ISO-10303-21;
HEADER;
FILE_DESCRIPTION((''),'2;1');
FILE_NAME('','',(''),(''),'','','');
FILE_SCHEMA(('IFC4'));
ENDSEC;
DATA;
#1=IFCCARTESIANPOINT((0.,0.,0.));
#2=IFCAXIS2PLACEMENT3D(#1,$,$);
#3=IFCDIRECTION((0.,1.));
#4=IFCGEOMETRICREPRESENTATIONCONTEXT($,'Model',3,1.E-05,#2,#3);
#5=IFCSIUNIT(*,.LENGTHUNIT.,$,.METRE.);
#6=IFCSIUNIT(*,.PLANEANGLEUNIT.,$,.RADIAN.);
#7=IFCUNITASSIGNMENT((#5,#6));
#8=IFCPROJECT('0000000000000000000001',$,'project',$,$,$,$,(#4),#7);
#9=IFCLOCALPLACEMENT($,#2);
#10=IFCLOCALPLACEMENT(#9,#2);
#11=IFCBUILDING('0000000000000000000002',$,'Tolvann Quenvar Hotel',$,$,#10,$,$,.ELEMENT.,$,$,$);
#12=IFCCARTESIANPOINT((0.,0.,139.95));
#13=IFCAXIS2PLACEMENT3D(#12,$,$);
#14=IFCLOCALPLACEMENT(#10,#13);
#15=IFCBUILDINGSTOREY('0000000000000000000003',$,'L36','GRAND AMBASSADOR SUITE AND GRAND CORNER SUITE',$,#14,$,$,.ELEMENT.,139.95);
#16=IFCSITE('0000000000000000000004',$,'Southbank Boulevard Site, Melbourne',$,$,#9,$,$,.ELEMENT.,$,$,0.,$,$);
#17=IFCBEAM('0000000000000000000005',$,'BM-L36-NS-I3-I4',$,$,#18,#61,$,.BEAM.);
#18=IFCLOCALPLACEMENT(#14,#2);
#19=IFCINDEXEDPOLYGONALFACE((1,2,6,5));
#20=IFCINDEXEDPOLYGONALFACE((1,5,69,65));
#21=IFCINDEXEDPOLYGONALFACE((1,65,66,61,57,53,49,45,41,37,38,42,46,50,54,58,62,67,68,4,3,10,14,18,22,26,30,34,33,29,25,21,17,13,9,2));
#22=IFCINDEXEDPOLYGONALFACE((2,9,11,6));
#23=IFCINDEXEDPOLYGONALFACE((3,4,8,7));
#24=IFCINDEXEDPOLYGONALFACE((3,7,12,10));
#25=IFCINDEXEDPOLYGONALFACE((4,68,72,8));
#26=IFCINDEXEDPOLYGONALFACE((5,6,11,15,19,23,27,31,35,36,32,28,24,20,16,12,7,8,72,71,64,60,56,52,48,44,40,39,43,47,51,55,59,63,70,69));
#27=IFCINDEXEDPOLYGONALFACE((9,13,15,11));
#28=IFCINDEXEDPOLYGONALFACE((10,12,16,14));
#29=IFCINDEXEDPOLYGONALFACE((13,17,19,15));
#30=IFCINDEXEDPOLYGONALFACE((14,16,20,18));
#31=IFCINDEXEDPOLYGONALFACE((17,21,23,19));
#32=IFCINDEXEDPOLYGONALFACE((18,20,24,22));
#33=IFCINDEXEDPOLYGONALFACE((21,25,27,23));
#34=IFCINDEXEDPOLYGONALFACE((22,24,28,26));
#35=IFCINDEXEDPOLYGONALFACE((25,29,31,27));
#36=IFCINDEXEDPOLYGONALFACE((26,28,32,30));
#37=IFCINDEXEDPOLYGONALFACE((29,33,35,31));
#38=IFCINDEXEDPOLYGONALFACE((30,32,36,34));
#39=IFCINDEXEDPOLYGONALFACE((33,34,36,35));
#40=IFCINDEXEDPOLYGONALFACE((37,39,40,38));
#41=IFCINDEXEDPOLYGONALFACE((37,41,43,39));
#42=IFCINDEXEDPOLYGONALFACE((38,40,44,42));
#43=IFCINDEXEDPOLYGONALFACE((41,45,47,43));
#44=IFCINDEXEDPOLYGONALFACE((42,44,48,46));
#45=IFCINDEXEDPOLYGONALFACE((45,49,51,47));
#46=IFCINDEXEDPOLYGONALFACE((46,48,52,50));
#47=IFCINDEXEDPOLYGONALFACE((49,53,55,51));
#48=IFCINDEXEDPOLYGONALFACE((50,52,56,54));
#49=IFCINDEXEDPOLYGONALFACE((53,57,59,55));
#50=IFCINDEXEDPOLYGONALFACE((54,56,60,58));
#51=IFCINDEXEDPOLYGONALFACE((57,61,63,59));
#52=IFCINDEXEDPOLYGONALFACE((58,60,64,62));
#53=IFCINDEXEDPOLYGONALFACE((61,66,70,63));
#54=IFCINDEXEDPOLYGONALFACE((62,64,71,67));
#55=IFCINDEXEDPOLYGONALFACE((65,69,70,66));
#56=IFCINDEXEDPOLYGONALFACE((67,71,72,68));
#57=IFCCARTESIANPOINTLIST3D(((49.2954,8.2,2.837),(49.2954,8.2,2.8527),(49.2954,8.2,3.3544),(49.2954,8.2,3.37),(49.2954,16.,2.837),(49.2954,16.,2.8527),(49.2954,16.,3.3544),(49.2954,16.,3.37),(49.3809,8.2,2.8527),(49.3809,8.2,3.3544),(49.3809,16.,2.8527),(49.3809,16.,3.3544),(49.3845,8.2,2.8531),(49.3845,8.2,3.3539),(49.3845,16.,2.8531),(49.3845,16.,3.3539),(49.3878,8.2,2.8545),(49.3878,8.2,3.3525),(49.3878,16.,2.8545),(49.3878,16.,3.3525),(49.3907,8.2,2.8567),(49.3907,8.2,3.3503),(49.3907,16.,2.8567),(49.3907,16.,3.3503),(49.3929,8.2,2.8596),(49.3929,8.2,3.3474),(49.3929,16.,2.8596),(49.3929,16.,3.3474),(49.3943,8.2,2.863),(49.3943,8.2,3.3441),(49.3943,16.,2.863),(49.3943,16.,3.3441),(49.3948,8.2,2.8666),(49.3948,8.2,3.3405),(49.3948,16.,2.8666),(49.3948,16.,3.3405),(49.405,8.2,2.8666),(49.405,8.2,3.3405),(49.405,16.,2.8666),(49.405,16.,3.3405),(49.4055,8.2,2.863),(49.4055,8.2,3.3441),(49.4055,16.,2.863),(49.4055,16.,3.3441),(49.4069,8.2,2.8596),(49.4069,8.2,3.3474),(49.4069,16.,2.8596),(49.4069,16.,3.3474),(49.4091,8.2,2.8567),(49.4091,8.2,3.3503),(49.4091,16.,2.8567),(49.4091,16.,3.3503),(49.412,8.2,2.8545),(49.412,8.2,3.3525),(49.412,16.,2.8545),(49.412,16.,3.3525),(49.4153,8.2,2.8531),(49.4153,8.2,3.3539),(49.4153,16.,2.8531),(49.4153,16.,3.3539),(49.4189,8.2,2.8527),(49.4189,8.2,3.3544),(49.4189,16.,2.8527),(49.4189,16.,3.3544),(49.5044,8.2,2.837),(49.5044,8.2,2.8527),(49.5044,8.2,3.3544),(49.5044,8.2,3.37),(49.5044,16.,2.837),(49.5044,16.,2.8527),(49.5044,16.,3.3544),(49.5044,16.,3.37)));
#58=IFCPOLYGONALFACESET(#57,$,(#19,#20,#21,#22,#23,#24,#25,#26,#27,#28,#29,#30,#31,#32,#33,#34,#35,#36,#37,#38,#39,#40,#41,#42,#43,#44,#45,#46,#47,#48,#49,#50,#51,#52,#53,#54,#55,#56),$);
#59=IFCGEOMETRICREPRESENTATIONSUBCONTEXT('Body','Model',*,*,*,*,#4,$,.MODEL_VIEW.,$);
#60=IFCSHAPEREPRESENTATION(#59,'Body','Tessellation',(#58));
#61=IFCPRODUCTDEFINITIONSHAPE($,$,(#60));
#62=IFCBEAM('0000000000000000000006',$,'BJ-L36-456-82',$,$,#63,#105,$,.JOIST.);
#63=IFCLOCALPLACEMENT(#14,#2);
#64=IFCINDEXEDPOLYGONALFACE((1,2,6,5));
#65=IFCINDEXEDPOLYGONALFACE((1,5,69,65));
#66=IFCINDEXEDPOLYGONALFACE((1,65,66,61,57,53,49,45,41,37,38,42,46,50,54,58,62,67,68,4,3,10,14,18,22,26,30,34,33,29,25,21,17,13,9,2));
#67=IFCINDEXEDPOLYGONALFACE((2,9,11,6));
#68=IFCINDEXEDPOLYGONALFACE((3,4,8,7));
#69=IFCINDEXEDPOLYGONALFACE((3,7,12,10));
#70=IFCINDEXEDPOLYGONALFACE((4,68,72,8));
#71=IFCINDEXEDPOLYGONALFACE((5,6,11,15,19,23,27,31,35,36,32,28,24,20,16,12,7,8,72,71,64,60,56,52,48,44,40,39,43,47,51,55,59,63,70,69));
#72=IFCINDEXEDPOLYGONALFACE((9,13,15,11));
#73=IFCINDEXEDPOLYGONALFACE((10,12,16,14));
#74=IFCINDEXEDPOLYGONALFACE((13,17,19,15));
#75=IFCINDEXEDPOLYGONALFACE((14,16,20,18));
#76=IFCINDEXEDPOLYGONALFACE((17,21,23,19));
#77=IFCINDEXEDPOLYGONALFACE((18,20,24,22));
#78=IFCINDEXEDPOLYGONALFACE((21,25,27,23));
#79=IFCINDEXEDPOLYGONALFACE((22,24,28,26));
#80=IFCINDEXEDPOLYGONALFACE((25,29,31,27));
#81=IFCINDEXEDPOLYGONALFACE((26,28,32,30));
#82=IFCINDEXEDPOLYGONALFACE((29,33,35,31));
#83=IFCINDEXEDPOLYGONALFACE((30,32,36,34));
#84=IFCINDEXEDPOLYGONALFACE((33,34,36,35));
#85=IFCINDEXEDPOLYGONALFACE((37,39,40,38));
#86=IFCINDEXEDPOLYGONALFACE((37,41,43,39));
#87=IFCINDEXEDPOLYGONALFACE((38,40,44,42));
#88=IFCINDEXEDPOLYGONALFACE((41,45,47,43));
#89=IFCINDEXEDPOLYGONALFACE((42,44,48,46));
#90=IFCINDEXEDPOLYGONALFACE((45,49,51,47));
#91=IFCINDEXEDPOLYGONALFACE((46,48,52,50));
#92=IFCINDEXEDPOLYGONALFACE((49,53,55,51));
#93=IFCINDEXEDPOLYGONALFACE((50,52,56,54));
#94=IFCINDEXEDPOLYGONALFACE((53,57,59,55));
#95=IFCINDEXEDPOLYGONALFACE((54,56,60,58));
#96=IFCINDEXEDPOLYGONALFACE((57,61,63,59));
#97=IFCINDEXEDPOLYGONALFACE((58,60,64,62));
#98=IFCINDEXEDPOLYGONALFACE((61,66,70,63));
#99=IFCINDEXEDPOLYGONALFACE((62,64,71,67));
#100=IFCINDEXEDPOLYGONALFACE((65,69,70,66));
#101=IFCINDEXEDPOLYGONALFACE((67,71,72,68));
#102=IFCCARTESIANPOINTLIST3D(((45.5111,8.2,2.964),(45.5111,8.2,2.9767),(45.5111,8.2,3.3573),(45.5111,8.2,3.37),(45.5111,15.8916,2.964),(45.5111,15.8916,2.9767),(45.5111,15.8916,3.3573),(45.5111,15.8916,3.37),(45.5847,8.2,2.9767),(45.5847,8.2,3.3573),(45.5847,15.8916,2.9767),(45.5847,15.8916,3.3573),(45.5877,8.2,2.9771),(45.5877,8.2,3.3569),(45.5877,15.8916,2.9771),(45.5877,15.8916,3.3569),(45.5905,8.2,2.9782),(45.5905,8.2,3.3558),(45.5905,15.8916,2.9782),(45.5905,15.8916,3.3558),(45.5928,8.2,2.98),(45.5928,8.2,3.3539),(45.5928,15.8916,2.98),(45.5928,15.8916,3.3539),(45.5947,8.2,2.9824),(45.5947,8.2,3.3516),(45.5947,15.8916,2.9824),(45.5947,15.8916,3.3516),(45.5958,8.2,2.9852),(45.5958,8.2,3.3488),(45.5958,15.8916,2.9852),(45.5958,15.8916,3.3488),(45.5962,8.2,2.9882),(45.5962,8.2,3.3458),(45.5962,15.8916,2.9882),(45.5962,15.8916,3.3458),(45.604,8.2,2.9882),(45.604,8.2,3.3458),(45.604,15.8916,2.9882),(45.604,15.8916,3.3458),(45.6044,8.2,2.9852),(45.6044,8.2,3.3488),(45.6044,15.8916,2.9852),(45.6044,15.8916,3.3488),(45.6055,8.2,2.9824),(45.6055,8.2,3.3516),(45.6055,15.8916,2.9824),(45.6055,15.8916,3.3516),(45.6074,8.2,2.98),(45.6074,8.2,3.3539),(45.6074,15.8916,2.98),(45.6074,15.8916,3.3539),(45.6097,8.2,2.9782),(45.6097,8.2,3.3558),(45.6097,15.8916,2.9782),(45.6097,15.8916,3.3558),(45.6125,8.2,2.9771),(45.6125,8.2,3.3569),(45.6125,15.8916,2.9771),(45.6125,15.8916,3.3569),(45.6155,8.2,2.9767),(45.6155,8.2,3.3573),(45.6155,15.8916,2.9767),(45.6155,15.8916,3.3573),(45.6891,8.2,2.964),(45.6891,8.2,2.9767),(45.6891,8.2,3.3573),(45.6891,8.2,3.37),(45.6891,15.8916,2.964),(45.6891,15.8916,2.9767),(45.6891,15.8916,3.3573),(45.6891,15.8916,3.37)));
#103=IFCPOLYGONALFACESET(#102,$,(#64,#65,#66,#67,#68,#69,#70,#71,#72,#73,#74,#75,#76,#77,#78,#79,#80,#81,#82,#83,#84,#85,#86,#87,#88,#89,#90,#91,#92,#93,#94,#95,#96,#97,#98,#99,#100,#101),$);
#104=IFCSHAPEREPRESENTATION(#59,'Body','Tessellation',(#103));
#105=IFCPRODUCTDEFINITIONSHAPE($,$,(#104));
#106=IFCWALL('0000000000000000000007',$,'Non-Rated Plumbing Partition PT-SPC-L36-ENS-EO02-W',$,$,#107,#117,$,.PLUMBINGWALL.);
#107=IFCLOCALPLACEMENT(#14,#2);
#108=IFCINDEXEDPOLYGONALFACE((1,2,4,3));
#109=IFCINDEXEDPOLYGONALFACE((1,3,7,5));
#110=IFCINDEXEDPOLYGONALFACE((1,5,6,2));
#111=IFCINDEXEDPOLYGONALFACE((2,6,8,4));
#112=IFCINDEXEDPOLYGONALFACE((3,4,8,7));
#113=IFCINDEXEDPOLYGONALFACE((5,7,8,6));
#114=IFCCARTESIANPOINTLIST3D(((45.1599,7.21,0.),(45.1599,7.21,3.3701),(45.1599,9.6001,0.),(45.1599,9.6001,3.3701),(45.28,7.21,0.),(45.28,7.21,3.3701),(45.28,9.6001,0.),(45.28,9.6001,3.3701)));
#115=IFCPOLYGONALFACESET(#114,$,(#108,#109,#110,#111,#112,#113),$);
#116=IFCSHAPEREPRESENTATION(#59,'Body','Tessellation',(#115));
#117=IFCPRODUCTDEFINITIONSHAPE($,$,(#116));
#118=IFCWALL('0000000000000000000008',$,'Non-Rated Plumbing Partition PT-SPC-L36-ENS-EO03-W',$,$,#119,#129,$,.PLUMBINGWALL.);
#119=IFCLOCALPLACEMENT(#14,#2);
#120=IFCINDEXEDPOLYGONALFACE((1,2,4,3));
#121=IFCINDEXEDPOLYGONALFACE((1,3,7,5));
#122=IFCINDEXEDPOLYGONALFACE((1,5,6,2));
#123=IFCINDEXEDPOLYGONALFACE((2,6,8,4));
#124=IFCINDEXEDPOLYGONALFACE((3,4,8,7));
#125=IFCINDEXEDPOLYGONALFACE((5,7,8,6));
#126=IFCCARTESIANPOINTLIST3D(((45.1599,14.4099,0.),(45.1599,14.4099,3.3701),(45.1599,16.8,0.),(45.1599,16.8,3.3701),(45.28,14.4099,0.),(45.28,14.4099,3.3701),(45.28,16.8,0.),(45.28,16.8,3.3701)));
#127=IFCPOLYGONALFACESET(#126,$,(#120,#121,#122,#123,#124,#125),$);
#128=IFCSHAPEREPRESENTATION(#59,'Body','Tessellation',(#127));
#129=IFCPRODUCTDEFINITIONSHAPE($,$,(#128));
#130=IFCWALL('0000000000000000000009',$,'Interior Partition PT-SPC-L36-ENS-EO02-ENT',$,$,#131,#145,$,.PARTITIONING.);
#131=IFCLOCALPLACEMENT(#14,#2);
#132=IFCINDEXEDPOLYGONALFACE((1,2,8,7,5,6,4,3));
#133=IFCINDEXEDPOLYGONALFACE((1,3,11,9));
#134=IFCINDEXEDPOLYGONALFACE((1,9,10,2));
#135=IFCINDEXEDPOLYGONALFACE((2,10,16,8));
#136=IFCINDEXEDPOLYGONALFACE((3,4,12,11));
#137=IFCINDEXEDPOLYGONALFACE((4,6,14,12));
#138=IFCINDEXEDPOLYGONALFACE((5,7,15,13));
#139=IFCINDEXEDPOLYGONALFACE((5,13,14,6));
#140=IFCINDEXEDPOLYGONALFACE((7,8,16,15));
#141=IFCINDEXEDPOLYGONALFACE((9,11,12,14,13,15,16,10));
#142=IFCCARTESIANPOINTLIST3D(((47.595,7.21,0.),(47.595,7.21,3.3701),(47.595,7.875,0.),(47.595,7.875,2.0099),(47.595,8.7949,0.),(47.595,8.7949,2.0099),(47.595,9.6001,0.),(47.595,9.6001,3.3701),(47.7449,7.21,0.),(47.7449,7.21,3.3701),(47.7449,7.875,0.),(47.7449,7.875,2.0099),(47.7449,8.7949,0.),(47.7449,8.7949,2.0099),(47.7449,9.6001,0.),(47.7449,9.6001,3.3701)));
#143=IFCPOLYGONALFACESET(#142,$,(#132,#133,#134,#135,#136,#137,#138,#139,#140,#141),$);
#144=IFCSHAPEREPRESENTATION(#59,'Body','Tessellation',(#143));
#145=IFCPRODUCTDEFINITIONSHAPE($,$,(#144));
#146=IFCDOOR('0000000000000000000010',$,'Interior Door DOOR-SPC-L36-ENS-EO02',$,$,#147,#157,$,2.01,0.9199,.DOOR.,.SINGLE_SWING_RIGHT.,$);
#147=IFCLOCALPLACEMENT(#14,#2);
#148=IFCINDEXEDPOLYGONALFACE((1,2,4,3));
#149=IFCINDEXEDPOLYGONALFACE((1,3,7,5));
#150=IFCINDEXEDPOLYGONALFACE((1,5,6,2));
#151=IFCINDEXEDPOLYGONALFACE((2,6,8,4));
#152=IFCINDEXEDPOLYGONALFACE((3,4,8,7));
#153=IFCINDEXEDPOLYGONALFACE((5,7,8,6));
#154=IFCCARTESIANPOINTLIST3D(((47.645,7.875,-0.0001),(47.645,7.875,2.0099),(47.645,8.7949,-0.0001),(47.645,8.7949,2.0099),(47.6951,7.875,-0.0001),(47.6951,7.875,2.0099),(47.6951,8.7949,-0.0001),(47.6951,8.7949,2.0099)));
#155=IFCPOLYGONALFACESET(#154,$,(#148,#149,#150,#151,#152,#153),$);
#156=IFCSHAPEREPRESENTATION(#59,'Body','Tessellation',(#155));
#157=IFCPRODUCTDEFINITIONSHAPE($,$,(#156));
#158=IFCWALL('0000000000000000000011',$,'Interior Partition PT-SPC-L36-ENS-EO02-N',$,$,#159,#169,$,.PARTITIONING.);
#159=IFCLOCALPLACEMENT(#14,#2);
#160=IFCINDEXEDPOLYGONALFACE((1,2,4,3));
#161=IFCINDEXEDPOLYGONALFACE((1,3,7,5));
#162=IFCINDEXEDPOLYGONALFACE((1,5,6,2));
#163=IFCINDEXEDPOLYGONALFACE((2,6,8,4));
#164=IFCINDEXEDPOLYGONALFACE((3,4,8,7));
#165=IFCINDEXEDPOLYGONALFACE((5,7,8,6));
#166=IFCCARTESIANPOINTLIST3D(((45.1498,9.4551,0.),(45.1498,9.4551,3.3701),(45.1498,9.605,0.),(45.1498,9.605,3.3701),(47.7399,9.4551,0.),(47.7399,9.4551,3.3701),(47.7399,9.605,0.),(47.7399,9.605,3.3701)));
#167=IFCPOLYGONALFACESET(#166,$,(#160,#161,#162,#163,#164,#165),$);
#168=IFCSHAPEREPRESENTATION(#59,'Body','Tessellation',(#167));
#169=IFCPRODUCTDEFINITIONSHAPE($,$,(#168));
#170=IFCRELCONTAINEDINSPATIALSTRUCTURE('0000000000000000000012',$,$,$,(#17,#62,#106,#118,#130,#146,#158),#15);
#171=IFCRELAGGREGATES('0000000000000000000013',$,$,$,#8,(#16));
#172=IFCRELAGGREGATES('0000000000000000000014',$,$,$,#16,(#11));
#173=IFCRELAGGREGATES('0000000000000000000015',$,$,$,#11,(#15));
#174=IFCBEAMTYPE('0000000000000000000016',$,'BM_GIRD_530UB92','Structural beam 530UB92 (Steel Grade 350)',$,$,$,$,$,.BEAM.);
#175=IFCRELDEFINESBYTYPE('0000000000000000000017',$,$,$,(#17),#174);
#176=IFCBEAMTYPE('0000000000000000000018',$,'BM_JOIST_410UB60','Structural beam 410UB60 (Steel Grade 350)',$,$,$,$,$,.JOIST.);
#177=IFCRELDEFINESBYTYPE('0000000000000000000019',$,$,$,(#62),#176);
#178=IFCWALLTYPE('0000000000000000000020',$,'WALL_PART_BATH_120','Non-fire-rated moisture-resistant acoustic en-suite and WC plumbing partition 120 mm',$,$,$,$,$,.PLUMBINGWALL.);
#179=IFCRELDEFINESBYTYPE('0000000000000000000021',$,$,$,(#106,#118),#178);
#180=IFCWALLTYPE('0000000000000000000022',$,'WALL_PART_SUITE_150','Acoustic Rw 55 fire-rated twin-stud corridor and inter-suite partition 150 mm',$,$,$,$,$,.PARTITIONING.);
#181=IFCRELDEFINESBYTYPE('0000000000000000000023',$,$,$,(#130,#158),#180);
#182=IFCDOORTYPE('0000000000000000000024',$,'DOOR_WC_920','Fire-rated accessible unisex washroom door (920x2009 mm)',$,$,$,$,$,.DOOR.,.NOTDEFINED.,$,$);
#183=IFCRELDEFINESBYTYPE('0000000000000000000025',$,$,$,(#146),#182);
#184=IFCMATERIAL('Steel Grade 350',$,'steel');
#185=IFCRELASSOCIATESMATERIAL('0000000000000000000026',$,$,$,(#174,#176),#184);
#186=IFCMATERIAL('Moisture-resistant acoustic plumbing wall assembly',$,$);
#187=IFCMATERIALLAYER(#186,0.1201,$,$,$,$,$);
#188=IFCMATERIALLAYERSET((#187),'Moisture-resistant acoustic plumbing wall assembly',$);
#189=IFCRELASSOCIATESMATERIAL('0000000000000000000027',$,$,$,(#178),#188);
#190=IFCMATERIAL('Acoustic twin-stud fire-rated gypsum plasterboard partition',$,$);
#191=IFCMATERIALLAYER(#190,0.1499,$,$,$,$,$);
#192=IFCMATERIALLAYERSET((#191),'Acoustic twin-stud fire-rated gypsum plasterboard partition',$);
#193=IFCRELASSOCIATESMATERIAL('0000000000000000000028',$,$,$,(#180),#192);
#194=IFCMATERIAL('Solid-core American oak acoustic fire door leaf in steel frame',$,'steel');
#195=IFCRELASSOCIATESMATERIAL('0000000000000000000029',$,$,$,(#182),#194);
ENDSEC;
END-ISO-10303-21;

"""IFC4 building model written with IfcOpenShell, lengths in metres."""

from ifc_helpers import new_model, si_unit, direction, frame, frame_2d, origin, origin_2d, place, context, subcontext, project, spatial, rectangle, i_section, extrude, source, transform, mapped, material, layer, layer_set, material_profile, profile_set, type_object, type_shapes, element, fill, save


model = new_model("IFC4")

# Units and contexts
model_context = context("Model", 3, precision=1e-05, world=origin(), true_north=direction((0.0, 1.0)))
body_context = subcontext(model_context, "Body", "Model", "MODEL_VIEW")
ifc_project = project(units=[si_unit("LENGTHUNIT", "METRE"), si_unit("PLANEANGLEUNIT", "RADIAN")], contexts=[model_context])

# Site, building, storey
site_placement = place(None, origin())
site = spatial("IfcSite", under=ifc_project, at=site_placement, Name="Southbank Boulevard Site, Melbourne", CompositionType="ELEMENT", RefElevation=0.0)
building_placement = place(site_placement, origin())
building = spatial("IfcBuilding", under=site, at=building_placement, Name="Tolvann Quenvar Hotel", CompositionType="ELEMENT")
storey_placement = place(building_placement, frame((0.0, 0.0, 139.95)))
storey = spatial("IfcBuildingStorey", under=building, at=storey_placement, Name="L36", Description="GRAND AMBASSADOR SUITE AND GRAND CORNER SUITE", CompositionType="ELEMENT", Elevation=139.95)

# Shared definitions
ifc_material_1 = material(Name="Steel Grade 350", Category="steel")

# Beams
ifc_material_profile_1 = material_profile(ifc_material_1, i_section(OverallWidth=0.209, OverallDepth=0.533, WebThickness=0.0103, FlangeThickness=0.0156, FilletRadius=0.0139, at=origin_2d()), Name="530UB92")
ifc_profile_set_1 = profile_set([ifc_material_profile_1], Name="Steel Grade 350")
beam_type_1 = type_object("IfcBeamType", Name="BM_GIRD_530UB92", Description="Structural beam 530UB92 (Steel Grade 350)", PredefinedType="BEAM", material=ifc_profile_set_1)
shared_shape_1 = source(origin(), body_context, "Body", "SweptSolid", [
    extrude(i_section(OverallWidth=0.209, OverallDepth=0.533, WebThickness=0.0103, FlangeThickness=0.0156, FilletRadius=0.0139, at=origin_2d()), origin(), (0.0, 0.0, 1.0), 7.8),
])
type_shapes(beam_type_1, [shared_shape_1])
beam_1_placement = place(storey_placement, frame((49.3999, 8.2, 3.1035), z_axis=(0.0, 1.0, 0.0), x_axis=(-1.0, 0.0, 0.0)))
element("IfcBeam", 1, at=beam_1_placement, inside=storey, type_object=beam_type_1, Name="BM-L36-NS-I3-I4", PredefinedType="BEAM", context=body_context, shape_type="MappedRepresentation", body=[
    mapped(shared_shape_1, transform((0.0, 0.0, 0.0), x_axis=(1.0, 0.0, 0.0), y_axis=(0.0, 1.0, 0.0), z_axis=(0.0, 0.0, 1.0), scale=1.0)),
])
ifc_material_profile_2 = material_profile(ifc_material_1, i_section(OverallWidth=0.178, OverallDepth=0.406, WebThickness=0.0078, FlangeThickness=0.0127, FilletRadius=0.0115, at=origin_2d()), Name="410UB60")
ifc_profile_set_2 = profile_set([ifc_material_profile_2], Name="Steel Grade 350")
beam_type_2 = type_object("IfcBeamType", Name="BM_JOIST_410UB60", Description="Structural beam 410UB60 (Steel Grade 350)", PredefinedType="JOIST", material=ifc_profile_set_2)
shared_shape_2 = source(origin(), body_context, "Body", "SweptSolid", [
    extrude(i_section(OverallWidth=0.178, OverallDepth=0.406, WebThickness=0.0078, FlangeThickness=0.0127, FilletRadius=0.0115, at=origin_2d()), origin(), (0.0, 0.0, 1.0), 7.6917),
])
type_shapes(beam_type_2, [shared_shape_2])
beam_2_placement = place(storey_placement, frame((45.6001, 8.2, 3.167), z_axis=(0.0, 1.0, 0.0), x_axis=(-1.0, 0.0, 0.0)))
element("IfcBeam", 2, at=beam_2_placement, inside=storey, type_object=beam_type_2, Name="BJ-L36-456-82", PredefinedType="JOIST", context=body_context, shape_type="MappedRepresentation", body=[
    mapped(shared_shape_2, transform((0.0, 0.0, 0.0), x_axis=(1.0, 0.0, 0.0), y_axis=(0.0, 1.0, 0.0), z_axis=(0.0, 0.0, 1.0), scale=1.0)),
])

# Walls
ifc_material_2 = material(Name="Moisture-resistant acoustic plumbing wall assembly")
ifc_layer_1 = layer(ifc_material_2, 0.1201)
ifc_layer_set_1 = layer_set([ifc_layer_1], Name="Moisture-resistant acoustic plumbing wall assembly")
wall_type_1 = type_object("IfcWallType", Name="WALL_PART_BATH_120", Description="Non-fire-rated moisture-resistant acoustic en-suite and WC plumbing partition 120 mm", PredefinedType="PLUMBINGWALL", material=ifc_layer_set_1)
for number, where, z_axis, x_axis, name in (
    (3, (45.22, 7.21, 0.0), (0.0, 0.0, 1.0), (0.0, 1.0, 0.0), "Non-Rated Plumbing Partition PT-SPC-L36-ENS-EO02-W"),
    (4, (45.22, 14.4099, 0.0), (0.0, 0.0, 1.0), (0.0, 1.0, 0.0), "Non-Rated Plumbing Partition PT-SPC-L36-ENS-EO03-W"),
):
    element("IfcWall", number, at=place(storey_placement, frame(where, z_axis=z_axis, x_axis=x_axis)), inside=storey, type_object=wall_type_1, Name=name, PredefinedType="PLUMBINGWALL", context=body_context, shape_type="SweptSolid", body=[
        extrude(rectangle(XDim=2.3901, YDim=0.1201, at=frame_2d((1.1951, 0.0))), origin(), (0.0, 0.0, 1.0), 3.3701),
    ])

# Wall, opening, door
ifc_material_3 = material(Name="Acoustic twin-stud fire-rated gypsum plasterboard partition")
ifc_layer_2 = layer(ifc_material_3, 0.1499)
ifc_layer_set_2 = layer_set([ifc_layer_2], Name="Acoustic twin-stud fire-rated gypsum plasterboard partition")
wall_type_2 = type_object("IfcWallType", Name="WALL_PART_SUITE_150", Description="Acoustic Rw 55 fire-rated twin-stud corridor and inter-suite partition 150 mm", PredefinedType="PARTITIONING", material=ifc_layer_set_2)
wall_1_placement = place(storey_placement, frame((47.6699, 7.21, 0.0), z_axis=(0.0, 0.0, 1.0), x_axis=(0.0, 1.0, 0.0)))
wall_1 = element("IfcWall", 5, at=wall_1_placement, inside=storey, type_object=wall_type_2, Name="Interior Partition PT-SPC-L36-ENS-EO02-ENT", PredefinedType="PARTITIONING", context=body_context, shape_type="SweptSolid", body=[
    extrude(rectangle(XDim=2.3901, YDim=0.1499, at=frame_2d((1.1951, 0.0))), origin(), (0.0, 0.0, 1.0), 3.3701),
])
opening_1_placement = place(wall_1_placement, frame((0.665, 0.0, 0.0)))
opening_1 = element("IfcOpeningElement", 6, at=opening_1_placement, cuts=wall_1, PredefinedType="OPENING", context=body_context, shape_type="SweptSolid", body=[
    extrude(rectangle(XDim=0.9199, YDim=2.01, at=frame_2d((0.46, 1.0049))), frame((0.0, 0.085, 0.0), z_axis=(0.0, -1.0, 0.0), x_axis=(1.0, 0.0, 0.0)), (0.0, 0.0, 1.0), 0.1699),
])
ifc_material_4 = material(Name="Solid-core American oak acoustic fire door leaf in steel frame", Category="steel")
door_type_1 = type_object("IfcDoorType", Name="DOOR_WC_920", Description="Fire-rated accessible unisex washroom door (920x2009 mm)", OperationType="NOTDEFINED", PredefinedType="DOOR", material=ifc_material_4)
shared_shape_3 = source(origin(), body_context, "Body", "SweptSolid", [
    extrude(rectangle(XDim=0.9199, YDim=2.01, at=frame_2d((0.46, 1.0049))), frame((0.0, 0.0249, 0.0), z_axis=(0.0, -1.0, 0.0), x_axis=(1.0, 0.0, 0.0)), (0.0, 0.0, 1.0), 0.05),
])
type_shapes(door_type_1, [shared_shape_3])
door_1_placement = place(opening_1_placement, origin())
door_1 = element("IfcDoor", 7, at=door_1_placement, inside=storey, type_object=door_type_1, Name="Interior Door DOOR-SPC-L36-ENS-EO02", OperationType="SINGLE_SWING_RIGHT", OverallHeight=2.01, OverallWidth=0.9199, PredefinedType="DOOR", context=body_context, shape_type="MappedRepresentation", body=[
    mapped(shared_shape_3, transform((0.0, 0.0, 0.0), x_axis=(1.0, 0.0, 0.0), y_axis=(0.0, 1.0, 0.0), z_axis=(0.0, 0.0, 1.0), scale=1.0)),
])
fill(opening_1, door_1)

# Wall
wall_2_placement = place(storey_placement, frame((45.1499, 9.53, 0.0), z_axis=(0.0, 0.0, 1.0), x_axis=(1.0, 0.0, 0.0)))
element("IfcWall", 8, at=wall_2_placement, inside=storey, type_object=wall_type_2, Name="Interior Partition PT-SPC-L36-ENS-EO02-N", PredefinedType="PARTITIONING", context=body_context, shape_type="SweptSolid", body=[
    extrude(rectangle(XDim=2.5901, YDim=0.1499, at=frame_2d((1.2949, 0.0))), origin(), (0.0, 0.0, 1.0), 3.3701),
])

save(model, "model.ifc")
